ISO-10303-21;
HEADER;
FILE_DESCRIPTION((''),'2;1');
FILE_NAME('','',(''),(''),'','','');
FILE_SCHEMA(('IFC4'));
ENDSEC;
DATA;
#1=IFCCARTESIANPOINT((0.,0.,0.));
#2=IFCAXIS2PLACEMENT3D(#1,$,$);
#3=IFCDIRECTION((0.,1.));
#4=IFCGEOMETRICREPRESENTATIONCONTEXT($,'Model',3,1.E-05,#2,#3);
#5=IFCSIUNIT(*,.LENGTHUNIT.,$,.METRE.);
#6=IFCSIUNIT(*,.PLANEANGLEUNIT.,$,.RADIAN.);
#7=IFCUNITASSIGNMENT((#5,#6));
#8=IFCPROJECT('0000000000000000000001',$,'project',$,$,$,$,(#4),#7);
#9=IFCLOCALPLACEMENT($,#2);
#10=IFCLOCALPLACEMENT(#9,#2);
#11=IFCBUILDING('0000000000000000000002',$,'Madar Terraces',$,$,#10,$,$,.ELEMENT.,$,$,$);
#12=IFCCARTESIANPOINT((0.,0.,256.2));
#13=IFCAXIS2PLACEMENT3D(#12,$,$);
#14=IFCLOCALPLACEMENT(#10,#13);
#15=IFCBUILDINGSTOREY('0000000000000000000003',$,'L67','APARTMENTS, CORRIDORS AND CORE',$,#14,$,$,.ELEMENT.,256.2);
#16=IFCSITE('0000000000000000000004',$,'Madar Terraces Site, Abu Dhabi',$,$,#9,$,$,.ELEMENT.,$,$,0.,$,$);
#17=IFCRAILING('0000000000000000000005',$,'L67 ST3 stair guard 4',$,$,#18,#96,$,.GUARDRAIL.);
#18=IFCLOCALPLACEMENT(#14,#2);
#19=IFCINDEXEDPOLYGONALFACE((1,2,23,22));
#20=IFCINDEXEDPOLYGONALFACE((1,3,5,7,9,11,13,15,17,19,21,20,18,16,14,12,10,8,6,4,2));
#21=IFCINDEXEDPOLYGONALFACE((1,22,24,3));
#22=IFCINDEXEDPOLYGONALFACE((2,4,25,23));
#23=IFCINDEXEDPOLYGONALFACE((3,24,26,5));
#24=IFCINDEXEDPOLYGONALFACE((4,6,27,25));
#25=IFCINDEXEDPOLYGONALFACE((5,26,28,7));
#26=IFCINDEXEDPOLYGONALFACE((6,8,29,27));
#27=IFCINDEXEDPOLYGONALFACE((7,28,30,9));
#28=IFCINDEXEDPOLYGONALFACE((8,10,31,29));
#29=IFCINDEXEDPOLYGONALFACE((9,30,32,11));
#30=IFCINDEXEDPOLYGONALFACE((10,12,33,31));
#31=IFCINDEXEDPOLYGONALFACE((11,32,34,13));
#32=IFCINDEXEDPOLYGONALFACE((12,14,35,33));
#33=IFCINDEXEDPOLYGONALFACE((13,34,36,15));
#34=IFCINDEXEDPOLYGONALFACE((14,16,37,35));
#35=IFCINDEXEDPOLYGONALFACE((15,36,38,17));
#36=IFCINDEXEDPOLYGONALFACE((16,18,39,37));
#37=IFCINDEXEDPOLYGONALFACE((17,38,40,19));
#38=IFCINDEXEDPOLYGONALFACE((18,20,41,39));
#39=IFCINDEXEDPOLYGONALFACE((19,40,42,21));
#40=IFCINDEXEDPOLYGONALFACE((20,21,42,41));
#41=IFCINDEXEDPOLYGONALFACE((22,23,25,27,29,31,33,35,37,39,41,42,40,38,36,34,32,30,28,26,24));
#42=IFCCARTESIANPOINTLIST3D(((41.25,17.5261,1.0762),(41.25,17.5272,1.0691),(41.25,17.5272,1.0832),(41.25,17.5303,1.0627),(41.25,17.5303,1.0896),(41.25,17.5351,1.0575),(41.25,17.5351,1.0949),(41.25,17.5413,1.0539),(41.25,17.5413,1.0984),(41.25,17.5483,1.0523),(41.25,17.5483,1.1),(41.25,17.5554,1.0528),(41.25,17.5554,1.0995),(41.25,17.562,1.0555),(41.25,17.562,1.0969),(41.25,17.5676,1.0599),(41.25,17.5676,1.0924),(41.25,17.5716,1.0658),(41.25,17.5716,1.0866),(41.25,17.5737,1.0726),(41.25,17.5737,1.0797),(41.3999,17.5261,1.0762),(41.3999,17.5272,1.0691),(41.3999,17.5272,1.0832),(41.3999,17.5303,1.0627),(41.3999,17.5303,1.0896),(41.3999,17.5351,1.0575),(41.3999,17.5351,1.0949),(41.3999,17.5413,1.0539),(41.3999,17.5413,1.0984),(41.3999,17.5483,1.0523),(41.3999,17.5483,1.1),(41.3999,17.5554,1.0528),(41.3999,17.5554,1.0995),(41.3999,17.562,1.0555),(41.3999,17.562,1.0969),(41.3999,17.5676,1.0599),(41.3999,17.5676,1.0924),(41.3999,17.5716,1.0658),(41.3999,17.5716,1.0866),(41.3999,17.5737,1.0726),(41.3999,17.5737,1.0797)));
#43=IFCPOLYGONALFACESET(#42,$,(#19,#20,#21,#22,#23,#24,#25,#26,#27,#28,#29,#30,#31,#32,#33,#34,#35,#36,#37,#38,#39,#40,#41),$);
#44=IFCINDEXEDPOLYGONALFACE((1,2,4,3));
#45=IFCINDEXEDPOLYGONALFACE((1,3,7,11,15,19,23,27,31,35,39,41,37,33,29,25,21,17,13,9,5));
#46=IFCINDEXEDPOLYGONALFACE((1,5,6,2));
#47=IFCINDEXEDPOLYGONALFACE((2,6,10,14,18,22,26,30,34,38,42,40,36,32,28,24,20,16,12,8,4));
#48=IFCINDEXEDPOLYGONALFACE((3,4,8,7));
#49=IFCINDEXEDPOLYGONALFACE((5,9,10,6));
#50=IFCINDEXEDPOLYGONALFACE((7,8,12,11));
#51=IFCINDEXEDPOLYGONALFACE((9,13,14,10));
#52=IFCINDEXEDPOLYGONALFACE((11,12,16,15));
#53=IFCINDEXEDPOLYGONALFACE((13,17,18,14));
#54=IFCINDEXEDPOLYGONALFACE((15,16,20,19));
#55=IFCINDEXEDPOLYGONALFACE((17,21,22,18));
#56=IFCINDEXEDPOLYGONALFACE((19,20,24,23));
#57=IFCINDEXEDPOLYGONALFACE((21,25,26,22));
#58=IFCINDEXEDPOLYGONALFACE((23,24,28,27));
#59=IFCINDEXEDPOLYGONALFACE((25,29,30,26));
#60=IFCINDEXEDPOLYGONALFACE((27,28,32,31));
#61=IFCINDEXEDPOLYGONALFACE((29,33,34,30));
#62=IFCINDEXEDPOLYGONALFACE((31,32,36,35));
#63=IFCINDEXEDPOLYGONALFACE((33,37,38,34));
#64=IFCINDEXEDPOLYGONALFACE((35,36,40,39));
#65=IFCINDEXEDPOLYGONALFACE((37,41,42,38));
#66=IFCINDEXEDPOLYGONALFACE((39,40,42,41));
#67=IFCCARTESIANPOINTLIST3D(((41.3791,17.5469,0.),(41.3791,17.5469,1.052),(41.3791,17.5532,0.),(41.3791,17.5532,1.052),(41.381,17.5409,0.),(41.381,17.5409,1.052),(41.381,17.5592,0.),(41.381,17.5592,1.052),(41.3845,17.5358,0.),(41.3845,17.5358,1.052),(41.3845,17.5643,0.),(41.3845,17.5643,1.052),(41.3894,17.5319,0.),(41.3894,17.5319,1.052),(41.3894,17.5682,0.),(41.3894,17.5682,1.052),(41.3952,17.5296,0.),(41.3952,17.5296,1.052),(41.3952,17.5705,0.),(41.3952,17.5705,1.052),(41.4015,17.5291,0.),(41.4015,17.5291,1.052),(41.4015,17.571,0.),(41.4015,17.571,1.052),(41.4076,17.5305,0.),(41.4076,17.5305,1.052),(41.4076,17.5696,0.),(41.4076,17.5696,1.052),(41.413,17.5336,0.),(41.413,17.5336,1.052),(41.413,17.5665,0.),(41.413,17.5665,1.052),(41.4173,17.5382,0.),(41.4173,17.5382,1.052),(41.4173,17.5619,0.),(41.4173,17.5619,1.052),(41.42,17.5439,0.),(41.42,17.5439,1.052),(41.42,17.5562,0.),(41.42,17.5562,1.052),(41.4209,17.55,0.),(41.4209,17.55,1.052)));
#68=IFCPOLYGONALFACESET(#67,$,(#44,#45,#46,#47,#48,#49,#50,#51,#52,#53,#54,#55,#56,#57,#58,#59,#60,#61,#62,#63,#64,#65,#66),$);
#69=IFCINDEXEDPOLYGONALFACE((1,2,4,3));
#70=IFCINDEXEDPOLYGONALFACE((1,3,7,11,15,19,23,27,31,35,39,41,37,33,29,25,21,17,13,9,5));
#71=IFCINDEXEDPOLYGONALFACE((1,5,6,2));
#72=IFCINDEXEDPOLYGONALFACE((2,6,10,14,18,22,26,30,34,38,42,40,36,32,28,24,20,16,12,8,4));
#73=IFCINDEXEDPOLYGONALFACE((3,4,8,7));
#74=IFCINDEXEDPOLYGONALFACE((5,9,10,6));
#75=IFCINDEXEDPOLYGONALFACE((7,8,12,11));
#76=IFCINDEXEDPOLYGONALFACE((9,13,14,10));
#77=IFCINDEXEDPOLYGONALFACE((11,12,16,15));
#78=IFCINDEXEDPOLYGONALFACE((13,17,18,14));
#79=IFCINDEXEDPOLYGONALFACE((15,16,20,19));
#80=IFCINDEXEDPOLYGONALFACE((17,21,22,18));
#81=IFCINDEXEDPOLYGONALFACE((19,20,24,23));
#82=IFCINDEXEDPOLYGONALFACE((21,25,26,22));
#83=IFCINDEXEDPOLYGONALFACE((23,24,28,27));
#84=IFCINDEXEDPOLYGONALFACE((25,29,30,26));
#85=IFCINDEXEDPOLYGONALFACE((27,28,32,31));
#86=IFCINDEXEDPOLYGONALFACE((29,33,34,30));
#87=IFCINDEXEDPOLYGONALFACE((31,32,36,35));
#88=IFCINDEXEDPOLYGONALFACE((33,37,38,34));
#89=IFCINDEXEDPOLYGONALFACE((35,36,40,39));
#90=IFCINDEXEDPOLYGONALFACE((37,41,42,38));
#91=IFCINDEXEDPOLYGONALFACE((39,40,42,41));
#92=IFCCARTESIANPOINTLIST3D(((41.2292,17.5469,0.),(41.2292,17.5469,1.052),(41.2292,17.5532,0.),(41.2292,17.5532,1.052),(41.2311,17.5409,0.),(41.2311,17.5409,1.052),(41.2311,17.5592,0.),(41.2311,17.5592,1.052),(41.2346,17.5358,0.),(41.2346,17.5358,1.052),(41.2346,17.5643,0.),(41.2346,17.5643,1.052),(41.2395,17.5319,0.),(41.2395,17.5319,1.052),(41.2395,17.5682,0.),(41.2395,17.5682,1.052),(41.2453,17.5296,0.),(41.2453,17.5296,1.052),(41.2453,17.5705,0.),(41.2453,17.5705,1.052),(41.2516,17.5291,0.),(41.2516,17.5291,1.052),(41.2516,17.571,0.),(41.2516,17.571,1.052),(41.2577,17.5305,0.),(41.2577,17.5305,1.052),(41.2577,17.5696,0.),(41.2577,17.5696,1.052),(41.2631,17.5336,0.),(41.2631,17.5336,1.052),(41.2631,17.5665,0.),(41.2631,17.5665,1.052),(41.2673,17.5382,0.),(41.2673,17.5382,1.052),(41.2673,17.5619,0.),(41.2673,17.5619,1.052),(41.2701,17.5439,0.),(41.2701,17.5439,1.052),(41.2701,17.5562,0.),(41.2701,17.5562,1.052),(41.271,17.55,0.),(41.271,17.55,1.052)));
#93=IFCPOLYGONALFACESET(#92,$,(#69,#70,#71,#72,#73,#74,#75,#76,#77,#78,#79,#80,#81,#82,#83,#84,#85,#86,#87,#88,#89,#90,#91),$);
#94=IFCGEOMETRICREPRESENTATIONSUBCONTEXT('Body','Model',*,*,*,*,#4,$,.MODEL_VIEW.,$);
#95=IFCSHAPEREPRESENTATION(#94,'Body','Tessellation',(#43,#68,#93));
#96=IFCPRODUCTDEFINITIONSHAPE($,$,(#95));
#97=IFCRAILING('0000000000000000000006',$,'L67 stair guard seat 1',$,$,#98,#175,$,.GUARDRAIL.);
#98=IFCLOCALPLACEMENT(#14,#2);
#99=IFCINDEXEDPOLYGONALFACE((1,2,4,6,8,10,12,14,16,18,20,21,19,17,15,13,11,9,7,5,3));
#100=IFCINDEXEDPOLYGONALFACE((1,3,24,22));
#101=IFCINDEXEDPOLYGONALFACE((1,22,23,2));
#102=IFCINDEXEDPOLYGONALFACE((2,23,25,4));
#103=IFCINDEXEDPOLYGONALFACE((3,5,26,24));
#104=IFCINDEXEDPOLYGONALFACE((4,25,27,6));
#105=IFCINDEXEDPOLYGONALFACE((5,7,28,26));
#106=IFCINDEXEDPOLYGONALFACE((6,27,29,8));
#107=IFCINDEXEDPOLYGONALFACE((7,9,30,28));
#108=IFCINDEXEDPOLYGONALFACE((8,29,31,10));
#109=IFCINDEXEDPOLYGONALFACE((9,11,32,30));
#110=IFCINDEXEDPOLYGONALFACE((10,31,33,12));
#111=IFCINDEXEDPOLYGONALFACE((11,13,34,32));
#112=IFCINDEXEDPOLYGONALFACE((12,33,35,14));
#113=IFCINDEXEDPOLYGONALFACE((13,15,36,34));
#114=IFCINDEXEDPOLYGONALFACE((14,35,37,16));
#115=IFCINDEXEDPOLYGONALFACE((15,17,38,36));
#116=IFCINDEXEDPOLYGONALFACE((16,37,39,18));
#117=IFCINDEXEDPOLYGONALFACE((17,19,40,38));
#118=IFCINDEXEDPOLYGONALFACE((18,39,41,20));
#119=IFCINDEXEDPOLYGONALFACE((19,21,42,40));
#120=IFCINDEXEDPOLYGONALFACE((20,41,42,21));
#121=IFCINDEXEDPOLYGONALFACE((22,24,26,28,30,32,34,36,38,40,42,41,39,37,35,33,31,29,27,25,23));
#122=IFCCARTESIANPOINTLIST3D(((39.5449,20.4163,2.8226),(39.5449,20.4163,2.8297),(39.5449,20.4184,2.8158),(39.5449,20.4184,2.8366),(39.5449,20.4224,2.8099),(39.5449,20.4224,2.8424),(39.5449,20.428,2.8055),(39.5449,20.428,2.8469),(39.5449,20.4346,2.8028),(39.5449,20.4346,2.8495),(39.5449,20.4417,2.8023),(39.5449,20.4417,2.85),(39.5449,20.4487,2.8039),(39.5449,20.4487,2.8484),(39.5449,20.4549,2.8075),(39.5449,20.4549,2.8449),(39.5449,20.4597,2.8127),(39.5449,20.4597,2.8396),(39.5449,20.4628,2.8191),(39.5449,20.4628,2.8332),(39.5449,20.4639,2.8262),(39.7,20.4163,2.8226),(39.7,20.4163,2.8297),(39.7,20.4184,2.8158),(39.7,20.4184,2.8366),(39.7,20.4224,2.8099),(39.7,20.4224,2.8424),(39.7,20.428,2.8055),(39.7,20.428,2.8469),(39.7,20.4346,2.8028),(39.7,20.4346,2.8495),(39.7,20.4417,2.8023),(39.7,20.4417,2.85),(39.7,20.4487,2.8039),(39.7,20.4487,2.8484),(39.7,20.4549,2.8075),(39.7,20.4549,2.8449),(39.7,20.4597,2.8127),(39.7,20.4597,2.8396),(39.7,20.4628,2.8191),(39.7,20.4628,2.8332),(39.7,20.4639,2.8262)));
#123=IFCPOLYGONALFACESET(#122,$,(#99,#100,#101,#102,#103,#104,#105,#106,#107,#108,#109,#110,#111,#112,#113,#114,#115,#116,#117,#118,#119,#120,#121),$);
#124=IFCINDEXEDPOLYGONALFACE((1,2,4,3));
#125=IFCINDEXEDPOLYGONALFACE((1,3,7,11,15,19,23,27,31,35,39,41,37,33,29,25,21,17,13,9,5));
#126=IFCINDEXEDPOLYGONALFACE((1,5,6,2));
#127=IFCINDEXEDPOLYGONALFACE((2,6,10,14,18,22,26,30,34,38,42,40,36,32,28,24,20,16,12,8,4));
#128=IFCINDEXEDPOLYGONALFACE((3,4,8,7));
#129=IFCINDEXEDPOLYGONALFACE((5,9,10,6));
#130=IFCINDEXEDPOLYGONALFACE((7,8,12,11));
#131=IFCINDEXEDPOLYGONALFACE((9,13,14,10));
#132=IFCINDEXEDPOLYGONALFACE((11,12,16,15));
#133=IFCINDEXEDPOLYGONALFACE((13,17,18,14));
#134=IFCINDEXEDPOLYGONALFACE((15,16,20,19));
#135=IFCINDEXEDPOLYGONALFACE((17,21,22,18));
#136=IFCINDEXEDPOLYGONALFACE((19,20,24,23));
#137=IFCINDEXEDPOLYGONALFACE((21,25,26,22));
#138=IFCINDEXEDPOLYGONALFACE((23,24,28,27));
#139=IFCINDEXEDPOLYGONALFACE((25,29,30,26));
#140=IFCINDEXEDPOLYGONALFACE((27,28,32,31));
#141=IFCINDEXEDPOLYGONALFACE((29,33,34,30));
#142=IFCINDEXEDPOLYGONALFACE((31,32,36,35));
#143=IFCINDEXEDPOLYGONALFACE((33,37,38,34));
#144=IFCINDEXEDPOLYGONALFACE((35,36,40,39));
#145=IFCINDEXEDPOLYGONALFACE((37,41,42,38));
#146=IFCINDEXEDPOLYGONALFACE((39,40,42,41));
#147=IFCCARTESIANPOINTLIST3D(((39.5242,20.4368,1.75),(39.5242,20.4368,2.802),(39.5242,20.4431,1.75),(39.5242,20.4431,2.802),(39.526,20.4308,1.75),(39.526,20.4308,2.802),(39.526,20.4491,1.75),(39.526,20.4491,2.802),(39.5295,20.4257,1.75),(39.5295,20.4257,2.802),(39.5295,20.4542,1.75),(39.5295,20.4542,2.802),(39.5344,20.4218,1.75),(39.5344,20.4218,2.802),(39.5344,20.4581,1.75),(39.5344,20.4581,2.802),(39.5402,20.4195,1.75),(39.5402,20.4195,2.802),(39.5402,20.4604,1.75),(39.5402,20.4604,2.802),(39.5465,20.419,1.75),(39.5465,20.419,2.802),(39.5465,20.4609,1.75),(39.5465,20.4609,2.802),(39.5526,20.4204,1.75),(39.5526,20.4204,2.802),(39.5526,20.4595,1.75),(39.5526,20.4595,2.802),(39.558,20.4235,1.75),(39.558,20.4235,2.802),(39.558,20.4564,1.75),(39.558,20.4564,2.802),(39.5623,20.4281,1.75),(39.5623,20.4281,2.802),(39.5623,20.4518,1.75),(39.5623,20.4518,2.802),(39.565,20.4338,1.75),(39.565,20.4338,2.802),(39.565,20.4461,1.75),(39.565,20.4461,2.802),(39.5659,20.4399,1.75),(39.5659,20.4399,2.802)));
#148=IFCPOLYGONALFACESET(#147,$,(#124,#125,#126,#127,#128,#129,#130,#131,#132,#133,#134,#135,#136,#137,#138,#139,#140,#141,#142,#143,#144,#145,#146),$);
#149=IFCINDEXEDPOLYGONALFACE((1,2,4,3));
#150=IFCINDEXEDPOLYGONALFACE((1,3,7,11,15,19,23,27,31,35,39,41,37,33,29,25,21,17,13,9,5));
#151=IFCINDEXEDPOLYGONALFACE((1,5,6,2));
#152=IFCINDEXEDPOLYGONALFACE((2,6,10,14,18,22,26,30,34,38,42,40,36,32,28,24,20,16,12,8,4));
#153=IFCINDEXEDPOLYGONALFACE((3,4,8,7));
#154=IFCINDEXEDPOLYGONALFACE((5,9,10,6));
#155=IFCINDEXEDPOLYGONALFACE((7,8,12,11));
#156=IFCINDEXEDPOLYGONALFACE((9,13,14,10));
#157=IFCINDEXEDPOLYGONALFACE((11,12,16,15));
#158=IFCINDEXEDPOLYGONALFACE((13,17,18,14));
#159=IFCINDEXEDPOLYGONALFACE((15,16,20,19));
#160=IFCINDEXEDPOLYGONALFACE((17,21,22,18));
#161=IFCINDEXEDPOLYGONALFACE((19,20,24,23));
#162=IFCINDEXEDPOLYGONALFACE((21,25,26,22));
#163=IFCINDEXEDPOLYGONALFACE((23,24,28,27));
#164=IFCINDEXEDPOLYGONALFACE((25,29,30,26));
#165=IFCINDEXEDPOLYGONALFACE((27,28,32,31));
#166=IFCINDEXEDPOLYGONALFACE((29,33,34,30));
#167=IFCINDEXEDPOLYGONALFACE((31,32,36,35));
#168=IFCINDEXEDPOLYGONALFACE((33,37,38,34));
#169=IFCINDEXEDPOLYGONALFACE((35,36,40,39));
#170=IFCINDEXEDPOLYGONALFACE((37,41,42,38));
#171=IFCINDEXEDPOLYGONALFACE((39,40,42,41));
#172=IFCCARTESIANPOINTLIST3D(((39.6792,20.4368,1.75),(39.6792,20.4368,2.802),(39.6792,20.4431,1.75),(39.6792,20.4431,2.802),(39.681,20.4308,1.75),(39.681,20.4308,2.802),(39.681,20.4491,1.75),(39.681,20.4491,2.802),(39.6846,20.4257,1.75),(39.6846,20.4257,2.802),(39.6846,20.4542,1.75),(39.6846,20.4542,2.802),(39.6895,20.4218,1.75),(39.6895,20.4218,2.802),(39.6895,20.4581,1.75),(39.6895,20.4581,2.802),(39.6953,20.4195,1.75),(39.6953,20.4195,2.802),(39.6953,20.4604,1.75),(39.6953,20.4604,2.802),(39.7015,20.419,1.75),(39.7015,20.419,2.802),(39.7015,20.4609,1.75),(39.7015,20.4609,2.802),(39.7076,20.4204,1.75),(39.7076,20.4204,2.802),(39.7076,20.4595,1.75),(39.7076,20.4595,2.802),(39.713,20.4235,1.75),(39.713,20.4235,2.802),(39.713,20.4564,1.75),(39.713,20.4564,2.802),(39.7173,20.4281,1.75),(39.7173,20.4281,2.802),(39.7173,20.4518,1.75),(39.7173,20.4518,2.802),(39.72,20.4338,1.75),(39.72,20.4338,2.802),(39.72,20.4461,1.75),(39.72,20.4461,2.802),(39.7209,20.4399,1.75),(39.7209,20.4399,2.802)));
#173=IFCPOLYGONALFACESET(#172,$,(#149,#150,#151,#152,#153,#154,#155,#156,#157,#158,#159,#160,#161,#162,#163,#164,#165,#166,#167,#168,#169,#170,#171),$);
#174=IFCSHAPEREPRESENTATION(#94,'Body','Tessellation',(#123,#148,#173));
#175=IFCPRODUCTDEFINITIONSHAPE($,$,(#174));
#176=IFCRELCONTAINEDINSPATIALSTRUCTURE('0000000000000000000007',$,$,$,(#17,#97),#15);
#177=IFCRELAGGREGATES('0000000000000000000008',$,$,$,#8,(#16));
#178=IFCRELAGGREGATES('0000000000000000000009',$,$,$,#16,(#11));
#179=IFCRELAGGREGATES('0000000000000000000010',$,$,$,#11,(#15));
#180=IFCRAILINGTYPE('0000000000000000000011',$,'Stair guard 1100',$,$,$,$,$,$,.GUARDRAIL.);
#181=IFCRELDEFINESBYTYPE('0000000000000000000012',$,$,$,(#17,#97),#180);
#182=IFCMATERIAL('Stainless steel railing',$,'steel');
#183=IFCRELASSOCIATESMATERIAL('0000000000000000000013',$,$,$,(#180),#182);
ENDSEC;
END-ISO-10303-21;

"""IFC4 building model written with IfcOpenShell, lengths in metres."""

from ifc_helpers import new_model, si_unit, direction, frame, origin, origin_2d, place, context, subcontext, project, spatial, circle, extrude, material, type_object, element, save


model = new_model("IFC4")

# Units and contexts
model_context = context("Model", 3, precision=1e-05, world=origin(), true_north=direction((0.0, 1.0)))
body_context = subcontext(model_context, "Body", "Model", "MODEL_VIEW")
ifc_project = project(units=[si_unit("LENGTHUNIT", "METRE"), si_unit("PLANEANGLEUNIT", "RADIAN")], contexts=[model_context])

# Site, building, storey
site_placement = place(None, origin())
site = spatial("IfcSite", under=ifc_project, at=site_placement, Name="Madar Terraces Site, Abu Dhabi", CompositionType="ELEMENT", RefElevation=0.0)
building_placement = place(site_placement, origin())
building = spatial("IfcBuilding", under=site, at=building_placement, Name="Madar Terraces", CompositionType="ELEMENT")
storey_placement = place(building_placement, frame((0.0, 0.0, 256.2)))
storey = spatial("IfcBuildingStorey", under=building, at=storey_placement, Name="L67", Description="APARTMENTS, CORRIDORS AND CORE", CompositionType="ELEMENT", Elevation=256.2)

# Railings
ifc_material_1 = material(Name="Stainless steel railing", Category="steel")
railing_type_1 = type_object("IfcRailingType", Name="Stair guard 1100", PredefinedType="GUARDRAIL", material=ifc_material_1)
railing_1_placement = place(storey_placement, frame((41.3999, 17.55, 0.0)))
element("IfcRailing", 1, at=railing_1_placement, inside=storey, type_object=railing_type_1, Name="L67 ST3 stair guard 4", PredefinedType="GUARDRAIL", context=body_context, shape_type="SweptSolid", body=[
    extrude(circle(Radius=0.0239, at=origin_2d()), frame((0.0, 0.0, 1.0762), z_axis=(-1.0, 0.0, 0.0), x_axis=(0.0, -1.0, 0.0)), (0.0, 0.0, 1.0), 0.1499),
    extrude(circle(Radius=0.021, at=origin_2d()), origin(), (0.0, 0.0, 1.0), 1.052),
    extrude(circle(Radius=0.021, at=origin_2d()), frame((-0.1499, 0.0, 0.0)), (0.0, 0.0, 1.0), 1.052),
])
for number, where, name in (
    (2, (39.5449, 20.4399, 1.75), "L67 stair guard seat 1"),
):
    element("IfcRailing", number, at=place(storey_placement, frame(where)), inside=storey, type_object=railing_type_1, Name=name, PredefinedType="GUARDRAIL", context=body_context, shape_type="SweptSolid", body=[
        extrude(circle(Radius=0.0239, at=origin_2d()), frame((0.0, 0.0, 1.0762), z_axis=(1.0, 0.0, 0.0), x_axis=(0.0, 1.0, 0.0)), (0.0, 0.0, 1.0), 0.155),
        extrude(circle(Radius=0.021, at=origin_2d()), origin(), (0.0, 0.0, 1.0), 1.052),
        extrude(circle(Radius=0.021, at=origin_2d()), frame((0.155, 0.0, 0.0)), (0.0, 0.0, 1.0), 1.052),
    ])

save(model, "model.ifc")
